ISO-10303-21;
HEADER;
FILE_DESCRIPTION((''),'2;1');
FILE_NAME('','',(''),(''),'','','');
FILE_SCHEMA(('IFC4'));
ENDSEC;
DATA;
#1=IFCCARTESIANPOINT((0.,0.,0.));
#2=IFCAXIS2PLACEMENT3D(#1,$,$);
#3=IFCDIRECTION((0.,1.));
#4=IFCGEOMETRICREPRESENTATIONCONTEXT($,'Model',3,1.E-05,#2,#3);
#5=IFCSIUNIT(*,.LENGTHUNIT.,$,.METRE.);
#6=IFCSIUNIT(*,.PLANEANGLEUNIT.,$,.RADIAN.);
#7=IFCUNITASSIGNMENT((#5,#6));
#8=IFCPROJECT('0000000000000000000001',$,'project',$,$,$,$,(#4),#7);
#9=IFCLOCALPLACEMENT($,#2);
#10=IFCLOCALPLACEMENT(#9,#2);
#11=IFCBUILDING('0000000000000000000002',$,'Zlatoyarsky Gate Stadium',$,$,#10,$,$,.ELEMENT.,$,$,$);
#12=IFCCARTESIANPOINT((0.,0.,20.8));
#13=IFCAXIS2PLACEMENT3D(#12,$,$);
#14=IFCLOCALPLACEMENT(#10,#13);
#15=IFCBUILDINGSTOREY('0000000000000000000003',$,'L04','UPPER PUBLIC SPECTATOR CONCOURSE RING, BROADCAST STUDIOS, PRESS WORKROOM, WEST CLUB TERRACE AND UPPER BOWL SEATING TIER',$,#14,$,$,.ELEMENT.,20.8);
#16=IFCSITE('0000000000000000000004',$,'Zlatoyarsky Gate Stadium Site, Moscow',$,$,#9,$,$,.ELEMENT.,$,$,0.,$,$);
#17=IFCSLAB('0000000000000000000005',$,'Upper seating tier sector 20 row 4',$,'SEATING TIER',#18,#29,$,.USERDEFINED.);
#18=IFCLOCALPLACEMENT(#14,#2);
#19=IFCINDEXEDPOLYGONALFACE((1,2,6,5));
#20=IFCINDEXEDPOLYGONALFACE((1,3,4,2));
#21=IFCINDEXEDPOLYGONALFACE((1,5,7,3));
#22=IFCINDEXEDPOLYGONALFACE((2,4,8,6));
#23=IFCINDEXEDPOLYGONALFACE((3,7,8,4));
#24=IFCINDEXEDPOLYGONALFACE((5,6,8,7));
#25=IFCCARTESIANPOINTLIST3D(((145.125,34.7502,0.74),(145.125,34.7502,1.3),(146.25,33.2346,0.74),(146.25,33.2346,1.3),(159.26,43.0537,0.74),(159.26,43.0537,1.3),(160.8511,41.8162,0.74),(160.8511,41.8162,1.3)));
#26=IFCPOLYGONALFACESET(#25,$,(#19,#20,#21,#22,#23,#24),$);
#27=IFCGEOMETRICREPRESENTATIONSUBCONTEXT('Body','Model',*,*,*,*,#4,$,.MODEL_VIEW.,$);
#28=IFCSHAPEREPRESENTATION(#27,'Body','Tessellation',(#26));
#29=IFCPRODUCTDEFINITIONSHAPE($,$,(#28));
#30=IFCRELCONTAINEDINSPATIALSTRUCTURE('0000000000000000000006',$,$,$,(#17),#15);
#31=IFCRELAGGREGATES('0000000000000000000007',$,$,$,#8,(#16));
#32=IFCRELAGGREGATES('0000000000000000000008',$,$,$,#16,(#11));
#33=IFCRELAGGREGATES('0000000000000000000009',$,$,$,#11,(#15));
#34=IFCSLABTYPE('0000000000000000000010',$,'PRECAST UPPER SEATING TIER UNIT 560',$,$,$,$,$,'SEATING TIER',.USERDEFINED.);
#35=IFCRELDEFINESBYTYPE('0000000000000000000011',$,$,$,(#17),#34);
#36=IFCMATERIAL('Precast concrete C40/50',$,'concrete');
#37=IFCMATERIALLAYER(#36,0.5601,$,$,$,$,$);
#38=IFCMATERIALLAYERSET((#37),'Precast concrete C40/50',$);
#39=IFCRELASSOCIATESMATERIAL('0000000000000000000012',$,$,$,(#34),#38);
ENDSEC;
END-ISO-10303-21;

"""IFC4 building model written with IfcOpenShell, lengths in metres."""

from ifc_helpers import new_model, si_unit, direction, frame, origin, place, context, subcontext, project, spatial, polyline, outline, extrude, material, layer, layer_set, type_object, element, save


model = new_model("IFC4")

# Units and contexts
model_context = context("Model", 3, precision=1e-05, world=origin(), true_north=direction((0.0, 1.0)))
body_context = subcontext(model_context, "Body", "Model", "MODEL_VIEW")
ifc_project = project(units=[si_unit("LENGTHUNIT", "METRE"), si_unit("PLANEANGLEUNIT", "RADIAN")], contexts=[model_context])

# Site, building, storey
site_placement = place(None, origin())
site = spatial("IfcSite", under=ifc_project, at=site_placement, Name="Zlatoyarsky Gate Stadium Site, Moscow", CompositionType="ELEMENT", RefElevation=0.0)
building_placement = place(site_placement, origin())
building = spatial("IfcBuilding", under=site, at=building_placement, Name="Zlatoyarsky Gate Stadium", CompositionType="ELEMENT")
storey_placement = place(building_placement, frame((0.0, 0.0, 20.8)))
storey = spatial("IfcBuildingStorey", under=building, at=storey_placement, Name="L04", Description="UPPER PUBLIC SPECTATOR CONCOURSE RING, BROADCAST STUDIOS, PRESS WORKROOM, WEST CLUB TERRACE AND UPPER BOWL SEATING TIER", CompositionType="ELEMENT", Elevation=20.8)

# Slab
ifc_material_1 = material(Name="Precast concrete C40/50", Category="concrete")
ifc_layer_1 = layer(ifc_material_1, 0.5601)
ifc_layer_set_1 = layer_set([ifc_layer_1], Name="Precast concrete C40/50")
slab_type_1 = type_object("IfcSlabType", Name="PRECAST UPPER SEATING TIER UNIT 560", ElementType="SEATING TIER", PredefinedType="USERDEFINED", material=ifc_layer_set_1)
slab_1_placement = place(storey_placement, frame((0.0, 0.0, 0.74)))
element("IfcSlab", 1, at=slab_1_placement, inside=storey, type_object=slab_type_1, Name="Upper seating tier sector 20 row 4", ObjectType="SEATING TIER", PredefinedType="USERDEFINED", context=body_context, shape_type="SweptSolid", body=[
    extrude(outline(polyline([(145.125, 34.7502), (146.25, 33.2346), (160.8511, 41.8162), (159.26, 43.0537), (145.125, 34.7502)])), origin(), (0.0, 0.0, 1.0), 0.5601),
])

save(model, "model.ifc")
